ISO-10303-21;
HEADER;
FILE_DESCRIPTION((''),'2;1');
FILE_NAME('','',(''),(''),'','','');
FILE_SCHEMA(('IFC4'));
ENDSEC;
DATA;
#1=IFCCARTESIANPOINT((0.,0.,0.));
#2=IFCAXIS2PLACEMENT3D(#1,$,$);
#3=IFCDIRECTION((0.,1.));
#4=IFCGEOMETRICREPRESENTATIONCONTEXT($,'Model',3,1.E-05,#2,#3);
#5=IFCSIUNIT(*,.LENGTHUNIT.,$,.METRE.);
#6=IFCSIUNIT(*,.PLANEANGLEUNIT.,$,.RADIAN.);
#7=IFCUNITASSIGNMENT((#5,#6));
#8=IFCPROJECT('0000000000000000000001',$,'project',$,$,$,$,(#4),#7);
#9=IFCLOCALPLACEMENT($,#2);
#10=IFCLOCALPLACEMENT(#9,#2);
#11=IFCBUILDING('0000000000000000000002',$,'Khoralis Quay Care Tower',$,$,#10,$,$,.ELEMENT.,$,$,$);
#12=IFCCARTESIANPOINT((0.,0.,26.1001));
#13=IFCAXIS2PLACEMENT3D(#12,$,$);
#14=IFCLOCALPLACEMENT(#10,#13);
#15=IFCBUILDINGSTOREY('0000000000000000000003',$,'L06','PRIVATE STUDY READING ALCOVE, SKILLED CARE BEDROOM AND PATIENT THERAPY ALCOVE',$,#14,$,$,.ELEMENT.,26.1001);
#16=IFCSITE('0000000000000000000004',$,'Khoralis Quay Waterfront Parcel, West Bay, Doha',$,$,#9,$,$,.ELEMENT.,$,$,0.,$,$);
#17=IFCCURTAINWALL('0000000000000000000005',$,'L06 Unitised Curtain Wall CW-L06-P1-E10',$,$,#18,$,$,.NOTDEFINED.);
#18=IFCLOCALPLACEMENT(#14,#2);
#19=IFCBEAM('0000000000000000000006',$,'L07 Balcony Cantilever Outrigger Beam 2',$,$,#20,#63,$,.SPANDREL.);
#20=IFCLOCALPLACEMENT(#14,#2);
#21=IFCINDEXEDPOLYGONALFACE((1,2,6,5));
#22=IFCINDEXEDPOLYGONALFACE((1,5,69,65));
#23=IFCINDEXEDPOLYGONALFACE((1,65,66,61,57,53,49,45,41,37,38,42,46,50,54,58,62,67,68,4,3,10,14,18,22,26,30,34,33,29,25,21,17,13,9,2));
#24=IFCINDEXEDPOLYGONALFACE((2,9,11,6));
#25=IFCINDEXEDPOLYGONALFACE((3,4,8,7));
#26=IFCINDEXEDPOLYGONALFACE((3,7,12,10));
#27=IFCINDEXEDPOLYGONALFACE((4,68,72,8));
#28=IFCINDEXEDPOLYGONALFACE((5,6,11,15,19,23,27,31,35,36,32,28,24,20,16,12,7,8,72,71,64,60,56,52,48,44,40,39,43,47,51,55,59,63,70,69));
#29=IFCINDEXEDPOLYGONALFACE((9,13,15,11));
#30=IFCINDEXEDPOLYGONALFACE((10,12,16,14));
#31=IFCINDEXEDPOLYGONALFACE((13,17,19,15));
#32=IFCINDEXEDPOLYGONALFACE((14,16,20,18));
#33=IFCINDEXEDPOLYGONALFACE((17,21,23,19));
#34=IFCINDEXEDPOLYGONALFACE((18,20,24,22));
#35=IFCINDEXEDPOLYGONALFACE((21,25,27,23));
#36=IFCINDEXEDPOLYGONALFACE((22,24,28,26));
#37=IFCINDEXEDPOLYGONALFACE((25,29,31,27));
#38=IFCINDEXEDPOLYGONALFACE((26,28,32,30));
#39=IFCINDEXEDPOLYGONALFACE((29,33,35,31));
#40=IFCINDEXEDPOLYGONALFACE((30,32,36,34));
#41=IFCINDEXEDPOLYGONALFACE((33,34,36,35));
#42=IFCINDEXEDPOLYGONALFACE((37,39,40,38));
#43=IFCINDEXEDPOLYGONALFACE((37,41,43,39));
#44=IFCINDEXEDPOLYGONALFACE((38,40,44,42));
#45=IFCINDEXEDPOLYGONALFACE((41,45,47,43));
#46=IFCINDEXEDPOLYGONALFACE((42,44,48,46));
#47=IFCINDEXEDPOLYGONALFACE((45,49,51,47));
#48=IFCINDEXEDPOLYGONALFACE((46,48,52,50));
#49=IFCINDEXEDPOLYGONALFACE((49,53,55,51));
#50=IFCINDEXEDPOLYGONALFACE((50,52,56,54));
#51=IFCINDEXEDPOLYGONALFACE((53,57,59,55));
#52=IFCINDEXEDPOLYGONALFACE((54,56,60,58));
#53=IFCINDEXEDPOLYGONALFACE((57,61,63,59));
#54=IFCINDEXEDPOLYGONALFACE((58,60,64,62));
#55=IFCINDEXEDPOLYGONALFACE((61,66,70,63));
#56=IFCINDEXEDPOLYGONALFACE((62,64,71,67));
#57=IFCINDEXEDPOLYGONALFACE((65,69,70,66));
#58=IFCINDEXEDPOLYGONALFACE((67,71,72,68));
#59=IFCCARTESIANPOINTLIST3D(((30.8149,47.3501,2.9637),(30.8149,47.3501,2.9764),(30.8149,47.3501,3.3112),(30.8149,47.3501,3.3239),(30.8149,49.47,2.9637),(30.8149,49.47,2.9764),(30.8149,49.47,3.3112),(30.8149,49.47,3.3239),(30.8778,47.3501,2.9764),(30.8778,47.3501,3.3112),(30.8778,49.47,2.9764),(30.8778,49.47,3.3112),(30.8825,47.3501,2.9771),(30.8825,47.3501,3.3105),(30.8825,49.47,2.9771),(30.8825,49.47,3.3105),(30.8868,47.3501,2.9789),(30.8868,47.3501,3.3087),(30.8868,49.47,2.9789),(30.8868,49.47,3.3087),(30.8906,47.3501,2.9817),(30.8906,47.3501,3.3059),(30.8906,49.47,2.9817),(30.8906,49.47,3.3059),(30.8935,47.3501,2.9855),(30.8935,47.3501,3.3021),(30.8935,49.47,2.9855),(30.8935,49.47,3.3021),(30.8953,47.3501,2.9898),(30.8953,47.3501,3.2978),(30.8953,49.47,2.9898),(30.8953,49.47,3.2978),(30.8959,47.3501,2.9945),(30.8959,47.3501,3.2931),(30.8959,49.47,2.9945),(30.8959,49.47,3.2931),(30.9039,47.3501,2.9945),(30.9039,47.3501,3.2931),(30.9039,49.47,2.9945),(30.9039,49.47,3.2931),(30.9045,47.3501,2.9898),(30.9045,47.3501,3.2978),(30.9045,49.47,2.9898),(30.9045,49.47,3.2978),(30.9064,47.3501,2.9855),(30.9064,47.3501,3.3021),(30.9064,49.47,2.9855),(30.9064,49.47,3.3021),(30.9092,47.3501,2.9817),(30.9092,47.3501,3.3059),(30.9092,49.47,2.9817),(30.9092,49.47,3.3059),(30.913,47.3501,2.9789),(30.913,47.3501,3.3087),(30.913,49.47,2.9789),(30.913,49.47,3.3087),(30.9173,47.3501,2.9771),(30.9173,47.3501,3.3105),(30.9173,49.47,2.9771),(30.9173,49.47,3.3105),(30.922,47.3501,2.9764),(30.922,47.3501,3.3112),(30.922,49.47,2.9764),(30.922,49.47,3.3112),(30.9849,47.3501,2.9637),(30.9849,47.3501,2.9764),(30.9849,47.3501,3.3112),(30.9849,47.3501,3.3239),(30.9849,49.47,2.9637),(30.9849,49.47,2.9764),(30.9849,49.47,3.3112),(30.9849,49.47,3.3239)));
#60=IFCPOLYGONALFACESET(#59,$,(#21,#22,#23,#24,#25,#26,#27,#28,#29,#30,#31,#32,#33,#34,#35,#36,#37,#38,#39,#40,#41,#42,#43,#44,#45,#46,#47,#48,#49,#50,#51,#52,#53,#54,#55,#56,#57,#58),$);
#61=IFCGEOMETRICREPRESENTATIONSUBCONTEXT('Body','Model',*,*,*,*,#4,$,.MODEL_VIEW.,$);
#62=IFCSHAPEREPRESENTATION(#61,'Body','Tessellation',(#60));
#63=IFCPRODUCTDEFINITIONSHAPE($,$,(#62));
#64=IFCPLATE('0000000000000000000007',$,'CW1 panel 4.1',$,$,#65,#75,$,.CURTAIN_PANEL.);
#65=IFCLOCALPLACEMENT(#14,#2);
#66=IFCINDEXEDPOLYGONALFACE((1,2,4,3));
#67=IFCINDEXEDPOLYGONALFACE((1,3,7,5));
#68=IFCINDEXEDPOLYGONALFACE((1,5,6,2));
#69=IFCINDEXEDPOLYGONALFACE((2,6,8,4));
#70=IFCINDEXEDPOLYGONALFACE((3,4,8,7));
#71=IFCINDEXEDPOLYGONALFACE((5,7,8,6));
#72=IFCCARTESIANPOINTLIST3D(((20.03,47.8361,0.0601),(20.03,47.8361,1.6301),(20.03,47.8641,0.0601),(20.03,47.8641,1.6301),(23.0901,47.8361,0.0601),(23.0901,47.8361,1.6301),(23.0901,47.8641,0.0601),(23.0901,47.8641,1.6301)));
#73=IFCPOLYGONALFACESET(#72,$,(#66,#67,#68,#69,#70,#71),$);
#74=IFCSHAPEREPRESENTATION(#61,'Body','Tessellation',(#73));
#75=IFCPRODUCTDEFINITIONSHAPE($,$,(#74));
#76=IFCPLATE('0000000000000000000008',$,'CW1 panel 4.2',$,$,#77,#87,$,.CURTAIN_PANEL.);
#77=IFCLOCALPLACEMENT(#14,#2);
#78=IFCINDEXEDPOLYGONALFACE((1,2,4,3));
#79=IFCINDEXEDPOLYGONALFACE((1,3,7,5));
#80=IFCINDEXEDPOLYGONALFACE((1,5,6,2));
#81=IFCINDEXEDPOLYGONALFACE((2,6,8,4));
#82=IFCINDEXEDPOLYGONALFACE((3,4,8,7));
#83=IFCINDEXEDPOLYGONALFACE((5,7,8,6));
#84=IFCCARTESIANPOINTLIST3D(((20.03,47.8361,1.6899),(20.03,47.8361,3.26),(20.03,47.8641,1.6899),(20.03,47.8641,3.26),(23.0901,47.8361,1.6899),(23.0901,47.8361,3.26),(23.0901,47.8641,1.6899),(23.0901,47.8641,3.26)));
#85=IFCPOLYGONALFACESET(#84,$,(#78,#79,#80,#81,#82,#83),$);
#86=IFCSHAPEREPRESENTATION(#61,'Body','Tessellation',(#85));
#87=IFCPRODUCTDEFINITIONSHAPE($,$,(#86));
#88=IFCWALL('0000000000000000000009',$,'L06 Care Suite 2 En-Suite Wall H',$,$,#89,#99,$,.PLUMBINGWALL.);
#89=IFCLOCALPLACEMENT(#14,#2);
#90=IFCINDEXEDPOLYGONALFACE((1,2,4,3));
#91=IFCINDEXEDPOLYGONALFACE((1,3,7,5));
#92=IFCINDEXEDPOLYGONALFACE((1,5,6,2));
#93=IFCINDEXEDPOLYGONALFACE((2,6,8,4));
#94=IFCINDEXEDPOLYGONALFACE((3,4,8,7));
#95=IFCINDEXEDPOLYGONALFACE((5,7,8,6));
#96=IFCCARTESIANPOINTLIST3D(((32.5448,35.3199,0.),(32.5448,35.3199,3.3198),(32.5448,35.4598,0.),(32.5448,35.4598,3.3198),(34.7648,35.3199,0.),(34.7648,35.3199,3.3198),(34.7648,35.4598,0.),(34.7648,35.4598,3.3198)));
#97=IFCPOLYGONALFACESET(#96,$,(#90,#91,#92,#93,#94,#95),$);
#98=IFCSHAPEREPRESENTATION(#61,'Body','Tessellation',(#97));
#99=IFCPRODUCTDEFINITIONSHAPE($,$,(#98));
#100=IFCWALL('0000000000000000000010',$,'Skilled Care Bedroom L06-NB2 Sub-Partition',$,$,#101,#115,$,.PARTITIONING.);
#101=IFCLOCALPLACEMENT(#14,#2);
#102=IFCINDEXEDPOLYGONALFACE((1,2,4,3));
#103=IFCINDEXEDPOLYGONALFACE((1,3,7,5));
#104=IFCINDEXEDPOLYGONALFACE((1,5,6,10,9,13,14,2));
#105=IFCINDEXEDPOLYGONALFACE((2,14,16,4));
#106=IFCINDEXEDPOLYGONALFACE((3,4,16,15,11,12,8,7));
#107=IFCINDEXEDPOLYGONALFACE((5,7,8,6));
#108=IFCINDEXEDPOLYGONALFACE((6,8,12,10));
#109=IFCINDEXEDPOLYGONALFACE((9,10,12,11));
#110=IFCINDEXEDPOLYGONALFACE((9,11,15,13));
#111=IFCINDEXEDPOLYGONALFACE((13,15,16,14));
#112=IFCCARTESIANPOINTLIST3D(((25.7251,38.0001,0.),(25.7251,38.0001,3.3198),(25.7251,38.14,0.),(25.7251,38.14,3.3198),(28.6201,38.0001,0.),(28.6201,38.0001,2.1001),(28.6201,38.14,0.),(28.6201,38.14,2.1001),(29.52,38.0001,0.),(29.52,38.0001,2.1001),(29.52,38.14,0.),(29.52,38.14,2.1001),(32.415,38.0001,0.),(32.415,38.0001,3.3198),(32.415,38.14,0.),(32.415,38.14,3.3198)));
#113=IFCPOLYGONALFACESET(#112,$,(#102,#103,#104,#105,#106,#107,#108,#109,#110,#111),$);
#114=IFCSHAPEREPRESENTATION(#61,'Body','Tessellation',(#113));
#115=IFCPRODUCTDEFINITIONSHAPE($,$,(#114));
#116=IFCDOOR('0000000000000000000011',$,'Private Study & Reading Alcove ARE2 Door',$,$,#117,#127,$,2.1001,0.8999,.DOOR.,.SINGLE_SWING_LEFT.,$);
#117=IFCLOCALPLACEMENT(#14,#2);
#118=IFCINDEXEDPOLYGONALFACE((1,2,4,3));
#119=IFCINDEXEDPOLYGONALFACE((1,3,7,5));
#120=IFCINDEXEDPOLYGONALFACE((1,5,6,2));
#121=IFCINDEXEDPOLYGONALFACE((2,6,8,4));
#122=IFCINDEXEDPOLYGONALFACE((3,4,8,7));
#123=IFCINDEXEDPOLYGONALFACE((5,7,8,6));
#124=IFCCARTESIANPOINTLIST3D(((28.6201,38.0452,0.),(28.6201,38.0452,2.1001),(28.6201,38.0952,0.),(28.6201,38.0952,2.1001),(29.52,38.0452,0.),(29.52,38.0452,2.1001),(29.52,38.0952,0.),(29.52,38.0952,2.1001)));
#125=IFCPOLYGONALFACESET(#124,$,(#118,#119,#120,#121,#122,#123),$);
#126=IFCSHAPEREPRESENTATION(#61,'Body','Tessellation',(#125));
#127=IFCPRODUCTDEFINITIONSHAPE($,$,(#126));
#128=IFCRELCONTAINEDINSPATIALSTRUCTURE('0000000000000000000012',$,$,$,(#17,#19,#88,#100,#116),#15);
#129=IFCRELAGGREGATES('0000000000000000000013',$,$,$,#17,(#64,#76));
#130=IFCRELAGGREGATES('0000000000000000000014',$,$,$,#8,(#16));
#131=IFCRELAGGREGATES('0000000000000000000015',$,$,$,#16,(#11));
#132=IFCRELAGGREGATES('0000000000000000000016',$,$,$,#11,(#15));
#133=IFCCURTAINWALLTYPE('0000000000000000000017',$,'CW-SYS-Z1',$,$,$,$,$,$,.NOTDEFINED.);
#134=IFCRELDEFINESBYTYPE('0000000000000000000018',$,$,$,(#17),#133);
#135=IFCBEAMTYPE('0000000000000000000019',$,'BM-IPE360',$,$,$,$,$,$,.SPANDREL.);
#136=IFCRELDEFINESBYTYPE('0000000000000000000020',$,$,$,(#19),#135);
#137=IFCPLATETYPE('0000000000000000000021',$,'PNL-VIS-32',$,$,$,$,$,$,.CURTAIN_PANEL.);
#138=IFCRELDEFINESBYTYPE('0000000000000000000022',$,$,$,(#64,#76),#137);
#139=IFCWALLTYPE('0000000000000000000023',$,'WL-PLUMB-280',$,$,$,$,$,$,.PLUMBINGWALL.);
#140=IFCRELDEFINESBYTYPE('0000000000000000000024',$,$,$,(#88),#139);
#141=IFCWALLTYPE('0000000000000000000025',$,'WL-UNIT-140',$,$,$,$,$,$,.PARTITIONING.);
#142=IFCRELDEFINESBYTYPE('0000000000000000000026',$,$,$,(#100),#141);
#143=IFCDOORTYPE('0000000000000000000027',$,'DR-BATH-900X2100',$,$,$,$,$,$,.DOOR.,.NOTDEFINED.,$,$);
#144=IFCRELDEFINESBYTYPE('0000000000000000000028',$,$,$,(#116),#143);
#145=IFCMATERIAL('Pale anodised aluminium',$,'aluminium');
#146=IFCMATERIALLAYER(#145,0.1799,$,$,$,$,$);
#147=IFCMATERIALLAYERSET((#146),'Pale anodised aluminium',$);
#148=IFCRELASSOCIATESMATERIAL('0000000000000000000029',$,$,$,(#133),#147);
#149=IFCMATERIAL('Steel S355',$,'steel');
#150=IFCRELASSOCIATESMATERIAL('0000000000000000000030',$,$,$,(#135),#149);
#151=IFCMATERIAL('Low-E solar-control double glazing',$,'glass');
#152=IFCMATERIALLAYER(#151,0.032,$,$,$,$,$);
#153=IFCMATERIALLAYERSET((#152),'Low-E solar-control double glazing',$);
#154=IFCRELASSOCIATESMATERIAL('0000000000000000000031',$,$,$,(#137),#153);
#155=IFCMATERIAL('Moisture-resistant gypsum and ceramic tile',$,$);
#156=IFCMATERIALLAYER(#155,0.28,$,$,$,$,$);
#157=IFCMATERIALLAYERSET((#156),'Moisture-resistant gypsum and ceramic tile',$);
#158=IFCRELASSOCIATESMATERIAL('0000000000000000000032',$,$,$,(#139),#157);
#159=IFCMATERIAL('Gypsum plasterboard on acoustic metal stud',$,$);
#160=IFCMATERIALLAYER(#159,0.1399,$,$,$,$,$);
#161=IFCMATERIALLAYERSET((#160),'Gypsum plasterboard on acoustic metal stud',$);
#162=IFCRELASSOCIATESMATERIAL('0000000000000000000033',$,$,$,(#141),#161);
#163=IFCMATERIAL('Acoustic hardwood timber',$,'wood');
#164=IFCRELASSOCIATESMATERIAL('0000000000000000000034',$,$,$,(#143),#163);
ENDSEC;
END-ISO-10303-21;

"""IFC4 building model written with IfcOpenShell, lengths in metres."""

from ifc_helpers import new_model, si_unit, direction, frame, frame_2d, origin, origin_2d, place, context, subcontext, project, spatial, rectangle, i_section, extrude, source, transform, mapped, material, layer, layer_set, material_profile, profile_set, type_object, element, fill, aggregate, save


model = new_model("IFC4")

# Units and contexts
model_context = context("Model", 3, precision=1e-05, world=origin(), true_north=direction((0.0, 1.0)))
body_context = subcontext(model_context, "Body", "Model", "MODEL_VIEW")
ifc_project = project(units=[si_unit("LENGTHUNIT", "METRE"), si_unit("PLANEANGLEUNIT", "RADIAN")], contexts=[model_context])

# Site, building, storey
site_placement = place(None, origin())
site = spatial("IfcSite", under=ifc_project, at=site_placement, Name="Khoralis Quay Waterfront Parcel, West Bay, Doha", CompositionType="ELEMENT", RefElevation=0.0)
building_placement = place(site_placement, origin())
building = spatial("IfcBuilding", under=site, at=building_placement, Name="Khoralis Quay Care Tower", CompositionType="ELEMENT")
storey_placement = place(building_placement, frame((0.0, 0.0, 26.1001)))
storey = spatial("IfcBuildingStorey", under=building, at=storey_placement, Name="L06", Description="PRIVATE STUDY READING ALCOVE, SKILLED CARE BEDROOM AND PATIENT THERAPY ALCOVE", CompositionType="ELEMENT", Elevation=26.1001)

# Shared definitions
ifc_material_1 = material(Name="Steel S355", Category="steel")

# Curtain wall
ifc_material_2 = material(Name="Pale anodised aluminium", Category="aluminium")
ifc_layer_1 = layer(ifc_material_2, 0.1799)
ifc_layer_set_1 = layer_set([ifc_layer_1], Name="Pale anodised aluminium")
curtain_wall_type = type_object("IfcCurtainWallType", Name="CW-SYS-Z1", PredefinedType="NOTDEFINED", material=ifc_layer_set_1)
curtain_wall_placement = place(storey_placement, origin())
curtain_wall = element("IfcCurtainWall", 1, at=curtain_wall_placement, inside=storey, type_object=curtain_wall_type, Name="L06 Unitised Curtain Wall CW-L06-P1-E10", PredefinedType="NOTDEFINED")

# Beam
ifc_material_profile_1 = material_profile(ifc_material_1, i_section(OverallWidth=0.1699, OverallDepth=0.3601, WebThickness=0.0081, FlangeThickness=0.0127, FilletRadius=0.0181, at=origin_2d()), Name="Steel S355")
ifc_profile_set_1 = profile_set([ifc_material_profile_1], Name="Steel S355")
beam_type_1 = type_object("IfcBeamType", Name="BM-IPE360", PredefinedType="SPANDREL", material=ifc_profile_set_1)
shared_shape_1 = source(origin(), body_context, "Body", "SweptSolid", [
    extrude(i_section(OverallWidth=0.1699, OverallDepth=0.3601, WebThickness=0.0081, FlangeThickness=0.0127, FilletRadius=0.0181, at=origin_2d()), origin(), (0.0, 0.0, 1.0), 2.1199),
])
for number, where, z_axis, x_axis, name in (
    (2, (30.8999, 47.3501, 3.1438), (0.0, 1.0, 0.0), (-1.0, 0.0, 0.0), "L07 Balcony Cantilever Outrigger Beam 2"),
):
    element("IfcBeam", number, at=place(storey_placement, frame(where, z_axis=z_axis, x_axis=x_axis)), inside=storey, type_object=beam_type_1, Name=name, PredefinedType="SPANDREL", context=body_context, shape_type="MappedRepresentation", body=[
        mapped(shared_shape_1, transform((0.0, 0.0, 0.0), scale=1.0)),
    ])

# Plates
ifc_material_3 = material(Name="Low-E solar-control double glazing", Category="glass")
ifc_layer_2 = layer(ifc_material_3, 0.032)
ifc_layer_set_2 = layer_set([ifc_layer_2], Name="Low-E solar-control double glazing")
plate_type = type_object("IfcPlateType", Name="PNL-VIS-32", PredefinedType="CURTAIN_PANEL", material=ifc_layer_set_2)
shared_shape_2 = source(origin(), body_context, "Body", "SweptSolid", [
    extrude(rectangle(XDim=3.0601, YDim=0.0281, at=origin_2d()), origin(), (0.0, 0.0, 1.0), 1.5701),
])
plate_1_placement = place(storey_placement, frame((21.5601, 47.8501, 0.0601), z_axis=(0.0, 0.0, 1.0), x_axis=(-1.0, 0.0, 0.0)))
plate_1 = element("IfcPlate", 3, at=plate_1_placement, type_object=plate_type, Name="CW1 panel 4.1", PredefinedType="CURTAIN_PANEL", context=body_context, shape_type="MappedRepresentation", body=[
    mapped(shared_shape_2, transform((0.0, 0.0, 0.0), scale=1.0)),
])
plate_2_placement = place(storey_placement, frame((21.5601, 47.8501, 1.6899), z_axis=(0.0, 0.0, 1.0), x_axis=(-1.0, 0.0, 0.0)))
plate_2 = element("IfcPlate", 4, at=plate_2_placement, type_object=plate_type, Name="CW1 panel 4.2", PredefinedType="CURTAIN_PANEL", context=body_context, shape_type="MappedRepresentation", body=[
    mapped(shared_shape_2, transform((0.0, 0.0, 0.0), scale=1.0)),
])
aggregate(curtain_wall, [plate_1, plate_2])

# Wall
ifc_material_4 = material(Name="Moisture-resistant gypsum and ceramic tile")
ifc_layer_3 = layer(ifc_material_4, 0.28)
ifc_layer_set_3 = layer_set([ifc_layer_3], Name="Moisture-resistant gypsum and ceramic tile")
wall_type_1 = type_object("IfcWallType", Name="WL-PLUMB-280", PredefinedType="PLUMBINGWALL", material=ifc_layer_set_3)
wall_1_placement = place(storey_placement, frame((32.5449, 35.3899, 0.0), z_axis=(0.0, 0.0, 1.0), x_axis=(1.0, 0.0, 0.0)))
element("IfcWall", 5, at=wall_1_placement, inside=storey, type_object=wall_type_1, Name="L06 Care Suite 2 En-Suite Wall H", PredefinedType="PLUMBINGWALL", context=body_context, shape_type="SweptSolid", body=[
    extrude(rectangle(XDim=2.22, YDim=0.1399, at=frame_2d((1.1099, 0.0))), origin(), (0.0, 0.0, 1.0), 3.3198),
])

# Wall, opening, door
ifc_material_5 = material(Name="Gypsum plasterboard on acoustic metal stud")
ifc_layer_4 = layer(ifc_material_5, 0.1399)
ifc_layer_set_4 = layer_set([ifc_layer_4], Name="Gypsum plasterboard on acoustic metal stud")
wall_type_2 = type_object("IfcWallType", Name="WL-UNIT-140", PredefinedType="PARTITIONING", material=ifc_layer_set_4)
wall_2_placement = place(storey_placement, frame((25.7251, 38.0701, 0.0), z_axis=(0.0, 0.0, 1.0), x_axis=(1.0, 0.0, 0.0)))
wall_2 = element("IfcWall", 6, at=wall_2_placement, inside=storey, type_object=wall_type_2, Name="Skilled Care Bedroom L06-NB2 Sub-Partition", PredefinedType="PARTITIONING", context=body_context, shape_type="SweptSolid", body=[
    extrude(rectangle(XDim=6.6899, YDim=0.1399, at=frame_2d((3.345, 0.0))), origin(), (0.0, 0.0, 1.0), 3.3198),
])
opening_placement = place(wall_2_placement, frame((2.895, 0.0, 0.0)))
opening = element("IfcOpeningElement", 7, at=opening_placement, cuts=wall_2, PredefinedType="OPENING", context=body_context, shape_type="SweptSolid", body=[
    extrude(rectangle(XDim=0.8999, YDim=2.1001, at=frame_2d((0.45, 1.05))), frame((0.0, 0.0801, 0.0), z_axis=(0.0, -1.0, 0.0), x_axis=(1.0, 0.0, 0.0)), (0.0, 0.0, 1.0), 0.1599),
])
ifc_material_6 = material(Name="Acoustic hardwood timber", Category="wood")
door_type = type_object("IfcDoorType", Name="DR-BATH-900X2100", OperationType="NOTDEFINED", PredefinedType="DOOR", material=ifc_material_6)
shared_shape_3 = source(origin(), body_context, "Body", "SweptSolid", [
    extrude(rectangle(XDim=0.8999, YDim=2.1001, at=frame_2d((0.45, 1.05))), frame((0.0, 0.0249, 0.0), z_axis=(0.0, -1.0, 0.0), x_axis=(1.0, 0.0, 0.0)), (0.0, 0.0, 1.0), 0.05),
])
door_placement = place(opening_placement, frame((0.8999, 0.0, 0.0), z_axis=(0.0, 0.0, 1.0), x_axis=(-1.0, 0.0, 0.0)))
door = element("IfcDoor", 8, at=door_placement, inside=storey, type_object=door_type, Name="Private Study & Reading Alcove ARE2 Door", OperationType="SINGLE_SWING_LEFT", OverallHeight=2.1001, OverallWidth=0.8999, PredefinedType="DOOR", context=body_context, shape_type="MappedRepresentation", body=[
    mapped(shared_shape_3, transform((0.0, 0.0, 0.0), scale=1.0)),
])
fill(opening, door)

save(model, "model.ifc")
